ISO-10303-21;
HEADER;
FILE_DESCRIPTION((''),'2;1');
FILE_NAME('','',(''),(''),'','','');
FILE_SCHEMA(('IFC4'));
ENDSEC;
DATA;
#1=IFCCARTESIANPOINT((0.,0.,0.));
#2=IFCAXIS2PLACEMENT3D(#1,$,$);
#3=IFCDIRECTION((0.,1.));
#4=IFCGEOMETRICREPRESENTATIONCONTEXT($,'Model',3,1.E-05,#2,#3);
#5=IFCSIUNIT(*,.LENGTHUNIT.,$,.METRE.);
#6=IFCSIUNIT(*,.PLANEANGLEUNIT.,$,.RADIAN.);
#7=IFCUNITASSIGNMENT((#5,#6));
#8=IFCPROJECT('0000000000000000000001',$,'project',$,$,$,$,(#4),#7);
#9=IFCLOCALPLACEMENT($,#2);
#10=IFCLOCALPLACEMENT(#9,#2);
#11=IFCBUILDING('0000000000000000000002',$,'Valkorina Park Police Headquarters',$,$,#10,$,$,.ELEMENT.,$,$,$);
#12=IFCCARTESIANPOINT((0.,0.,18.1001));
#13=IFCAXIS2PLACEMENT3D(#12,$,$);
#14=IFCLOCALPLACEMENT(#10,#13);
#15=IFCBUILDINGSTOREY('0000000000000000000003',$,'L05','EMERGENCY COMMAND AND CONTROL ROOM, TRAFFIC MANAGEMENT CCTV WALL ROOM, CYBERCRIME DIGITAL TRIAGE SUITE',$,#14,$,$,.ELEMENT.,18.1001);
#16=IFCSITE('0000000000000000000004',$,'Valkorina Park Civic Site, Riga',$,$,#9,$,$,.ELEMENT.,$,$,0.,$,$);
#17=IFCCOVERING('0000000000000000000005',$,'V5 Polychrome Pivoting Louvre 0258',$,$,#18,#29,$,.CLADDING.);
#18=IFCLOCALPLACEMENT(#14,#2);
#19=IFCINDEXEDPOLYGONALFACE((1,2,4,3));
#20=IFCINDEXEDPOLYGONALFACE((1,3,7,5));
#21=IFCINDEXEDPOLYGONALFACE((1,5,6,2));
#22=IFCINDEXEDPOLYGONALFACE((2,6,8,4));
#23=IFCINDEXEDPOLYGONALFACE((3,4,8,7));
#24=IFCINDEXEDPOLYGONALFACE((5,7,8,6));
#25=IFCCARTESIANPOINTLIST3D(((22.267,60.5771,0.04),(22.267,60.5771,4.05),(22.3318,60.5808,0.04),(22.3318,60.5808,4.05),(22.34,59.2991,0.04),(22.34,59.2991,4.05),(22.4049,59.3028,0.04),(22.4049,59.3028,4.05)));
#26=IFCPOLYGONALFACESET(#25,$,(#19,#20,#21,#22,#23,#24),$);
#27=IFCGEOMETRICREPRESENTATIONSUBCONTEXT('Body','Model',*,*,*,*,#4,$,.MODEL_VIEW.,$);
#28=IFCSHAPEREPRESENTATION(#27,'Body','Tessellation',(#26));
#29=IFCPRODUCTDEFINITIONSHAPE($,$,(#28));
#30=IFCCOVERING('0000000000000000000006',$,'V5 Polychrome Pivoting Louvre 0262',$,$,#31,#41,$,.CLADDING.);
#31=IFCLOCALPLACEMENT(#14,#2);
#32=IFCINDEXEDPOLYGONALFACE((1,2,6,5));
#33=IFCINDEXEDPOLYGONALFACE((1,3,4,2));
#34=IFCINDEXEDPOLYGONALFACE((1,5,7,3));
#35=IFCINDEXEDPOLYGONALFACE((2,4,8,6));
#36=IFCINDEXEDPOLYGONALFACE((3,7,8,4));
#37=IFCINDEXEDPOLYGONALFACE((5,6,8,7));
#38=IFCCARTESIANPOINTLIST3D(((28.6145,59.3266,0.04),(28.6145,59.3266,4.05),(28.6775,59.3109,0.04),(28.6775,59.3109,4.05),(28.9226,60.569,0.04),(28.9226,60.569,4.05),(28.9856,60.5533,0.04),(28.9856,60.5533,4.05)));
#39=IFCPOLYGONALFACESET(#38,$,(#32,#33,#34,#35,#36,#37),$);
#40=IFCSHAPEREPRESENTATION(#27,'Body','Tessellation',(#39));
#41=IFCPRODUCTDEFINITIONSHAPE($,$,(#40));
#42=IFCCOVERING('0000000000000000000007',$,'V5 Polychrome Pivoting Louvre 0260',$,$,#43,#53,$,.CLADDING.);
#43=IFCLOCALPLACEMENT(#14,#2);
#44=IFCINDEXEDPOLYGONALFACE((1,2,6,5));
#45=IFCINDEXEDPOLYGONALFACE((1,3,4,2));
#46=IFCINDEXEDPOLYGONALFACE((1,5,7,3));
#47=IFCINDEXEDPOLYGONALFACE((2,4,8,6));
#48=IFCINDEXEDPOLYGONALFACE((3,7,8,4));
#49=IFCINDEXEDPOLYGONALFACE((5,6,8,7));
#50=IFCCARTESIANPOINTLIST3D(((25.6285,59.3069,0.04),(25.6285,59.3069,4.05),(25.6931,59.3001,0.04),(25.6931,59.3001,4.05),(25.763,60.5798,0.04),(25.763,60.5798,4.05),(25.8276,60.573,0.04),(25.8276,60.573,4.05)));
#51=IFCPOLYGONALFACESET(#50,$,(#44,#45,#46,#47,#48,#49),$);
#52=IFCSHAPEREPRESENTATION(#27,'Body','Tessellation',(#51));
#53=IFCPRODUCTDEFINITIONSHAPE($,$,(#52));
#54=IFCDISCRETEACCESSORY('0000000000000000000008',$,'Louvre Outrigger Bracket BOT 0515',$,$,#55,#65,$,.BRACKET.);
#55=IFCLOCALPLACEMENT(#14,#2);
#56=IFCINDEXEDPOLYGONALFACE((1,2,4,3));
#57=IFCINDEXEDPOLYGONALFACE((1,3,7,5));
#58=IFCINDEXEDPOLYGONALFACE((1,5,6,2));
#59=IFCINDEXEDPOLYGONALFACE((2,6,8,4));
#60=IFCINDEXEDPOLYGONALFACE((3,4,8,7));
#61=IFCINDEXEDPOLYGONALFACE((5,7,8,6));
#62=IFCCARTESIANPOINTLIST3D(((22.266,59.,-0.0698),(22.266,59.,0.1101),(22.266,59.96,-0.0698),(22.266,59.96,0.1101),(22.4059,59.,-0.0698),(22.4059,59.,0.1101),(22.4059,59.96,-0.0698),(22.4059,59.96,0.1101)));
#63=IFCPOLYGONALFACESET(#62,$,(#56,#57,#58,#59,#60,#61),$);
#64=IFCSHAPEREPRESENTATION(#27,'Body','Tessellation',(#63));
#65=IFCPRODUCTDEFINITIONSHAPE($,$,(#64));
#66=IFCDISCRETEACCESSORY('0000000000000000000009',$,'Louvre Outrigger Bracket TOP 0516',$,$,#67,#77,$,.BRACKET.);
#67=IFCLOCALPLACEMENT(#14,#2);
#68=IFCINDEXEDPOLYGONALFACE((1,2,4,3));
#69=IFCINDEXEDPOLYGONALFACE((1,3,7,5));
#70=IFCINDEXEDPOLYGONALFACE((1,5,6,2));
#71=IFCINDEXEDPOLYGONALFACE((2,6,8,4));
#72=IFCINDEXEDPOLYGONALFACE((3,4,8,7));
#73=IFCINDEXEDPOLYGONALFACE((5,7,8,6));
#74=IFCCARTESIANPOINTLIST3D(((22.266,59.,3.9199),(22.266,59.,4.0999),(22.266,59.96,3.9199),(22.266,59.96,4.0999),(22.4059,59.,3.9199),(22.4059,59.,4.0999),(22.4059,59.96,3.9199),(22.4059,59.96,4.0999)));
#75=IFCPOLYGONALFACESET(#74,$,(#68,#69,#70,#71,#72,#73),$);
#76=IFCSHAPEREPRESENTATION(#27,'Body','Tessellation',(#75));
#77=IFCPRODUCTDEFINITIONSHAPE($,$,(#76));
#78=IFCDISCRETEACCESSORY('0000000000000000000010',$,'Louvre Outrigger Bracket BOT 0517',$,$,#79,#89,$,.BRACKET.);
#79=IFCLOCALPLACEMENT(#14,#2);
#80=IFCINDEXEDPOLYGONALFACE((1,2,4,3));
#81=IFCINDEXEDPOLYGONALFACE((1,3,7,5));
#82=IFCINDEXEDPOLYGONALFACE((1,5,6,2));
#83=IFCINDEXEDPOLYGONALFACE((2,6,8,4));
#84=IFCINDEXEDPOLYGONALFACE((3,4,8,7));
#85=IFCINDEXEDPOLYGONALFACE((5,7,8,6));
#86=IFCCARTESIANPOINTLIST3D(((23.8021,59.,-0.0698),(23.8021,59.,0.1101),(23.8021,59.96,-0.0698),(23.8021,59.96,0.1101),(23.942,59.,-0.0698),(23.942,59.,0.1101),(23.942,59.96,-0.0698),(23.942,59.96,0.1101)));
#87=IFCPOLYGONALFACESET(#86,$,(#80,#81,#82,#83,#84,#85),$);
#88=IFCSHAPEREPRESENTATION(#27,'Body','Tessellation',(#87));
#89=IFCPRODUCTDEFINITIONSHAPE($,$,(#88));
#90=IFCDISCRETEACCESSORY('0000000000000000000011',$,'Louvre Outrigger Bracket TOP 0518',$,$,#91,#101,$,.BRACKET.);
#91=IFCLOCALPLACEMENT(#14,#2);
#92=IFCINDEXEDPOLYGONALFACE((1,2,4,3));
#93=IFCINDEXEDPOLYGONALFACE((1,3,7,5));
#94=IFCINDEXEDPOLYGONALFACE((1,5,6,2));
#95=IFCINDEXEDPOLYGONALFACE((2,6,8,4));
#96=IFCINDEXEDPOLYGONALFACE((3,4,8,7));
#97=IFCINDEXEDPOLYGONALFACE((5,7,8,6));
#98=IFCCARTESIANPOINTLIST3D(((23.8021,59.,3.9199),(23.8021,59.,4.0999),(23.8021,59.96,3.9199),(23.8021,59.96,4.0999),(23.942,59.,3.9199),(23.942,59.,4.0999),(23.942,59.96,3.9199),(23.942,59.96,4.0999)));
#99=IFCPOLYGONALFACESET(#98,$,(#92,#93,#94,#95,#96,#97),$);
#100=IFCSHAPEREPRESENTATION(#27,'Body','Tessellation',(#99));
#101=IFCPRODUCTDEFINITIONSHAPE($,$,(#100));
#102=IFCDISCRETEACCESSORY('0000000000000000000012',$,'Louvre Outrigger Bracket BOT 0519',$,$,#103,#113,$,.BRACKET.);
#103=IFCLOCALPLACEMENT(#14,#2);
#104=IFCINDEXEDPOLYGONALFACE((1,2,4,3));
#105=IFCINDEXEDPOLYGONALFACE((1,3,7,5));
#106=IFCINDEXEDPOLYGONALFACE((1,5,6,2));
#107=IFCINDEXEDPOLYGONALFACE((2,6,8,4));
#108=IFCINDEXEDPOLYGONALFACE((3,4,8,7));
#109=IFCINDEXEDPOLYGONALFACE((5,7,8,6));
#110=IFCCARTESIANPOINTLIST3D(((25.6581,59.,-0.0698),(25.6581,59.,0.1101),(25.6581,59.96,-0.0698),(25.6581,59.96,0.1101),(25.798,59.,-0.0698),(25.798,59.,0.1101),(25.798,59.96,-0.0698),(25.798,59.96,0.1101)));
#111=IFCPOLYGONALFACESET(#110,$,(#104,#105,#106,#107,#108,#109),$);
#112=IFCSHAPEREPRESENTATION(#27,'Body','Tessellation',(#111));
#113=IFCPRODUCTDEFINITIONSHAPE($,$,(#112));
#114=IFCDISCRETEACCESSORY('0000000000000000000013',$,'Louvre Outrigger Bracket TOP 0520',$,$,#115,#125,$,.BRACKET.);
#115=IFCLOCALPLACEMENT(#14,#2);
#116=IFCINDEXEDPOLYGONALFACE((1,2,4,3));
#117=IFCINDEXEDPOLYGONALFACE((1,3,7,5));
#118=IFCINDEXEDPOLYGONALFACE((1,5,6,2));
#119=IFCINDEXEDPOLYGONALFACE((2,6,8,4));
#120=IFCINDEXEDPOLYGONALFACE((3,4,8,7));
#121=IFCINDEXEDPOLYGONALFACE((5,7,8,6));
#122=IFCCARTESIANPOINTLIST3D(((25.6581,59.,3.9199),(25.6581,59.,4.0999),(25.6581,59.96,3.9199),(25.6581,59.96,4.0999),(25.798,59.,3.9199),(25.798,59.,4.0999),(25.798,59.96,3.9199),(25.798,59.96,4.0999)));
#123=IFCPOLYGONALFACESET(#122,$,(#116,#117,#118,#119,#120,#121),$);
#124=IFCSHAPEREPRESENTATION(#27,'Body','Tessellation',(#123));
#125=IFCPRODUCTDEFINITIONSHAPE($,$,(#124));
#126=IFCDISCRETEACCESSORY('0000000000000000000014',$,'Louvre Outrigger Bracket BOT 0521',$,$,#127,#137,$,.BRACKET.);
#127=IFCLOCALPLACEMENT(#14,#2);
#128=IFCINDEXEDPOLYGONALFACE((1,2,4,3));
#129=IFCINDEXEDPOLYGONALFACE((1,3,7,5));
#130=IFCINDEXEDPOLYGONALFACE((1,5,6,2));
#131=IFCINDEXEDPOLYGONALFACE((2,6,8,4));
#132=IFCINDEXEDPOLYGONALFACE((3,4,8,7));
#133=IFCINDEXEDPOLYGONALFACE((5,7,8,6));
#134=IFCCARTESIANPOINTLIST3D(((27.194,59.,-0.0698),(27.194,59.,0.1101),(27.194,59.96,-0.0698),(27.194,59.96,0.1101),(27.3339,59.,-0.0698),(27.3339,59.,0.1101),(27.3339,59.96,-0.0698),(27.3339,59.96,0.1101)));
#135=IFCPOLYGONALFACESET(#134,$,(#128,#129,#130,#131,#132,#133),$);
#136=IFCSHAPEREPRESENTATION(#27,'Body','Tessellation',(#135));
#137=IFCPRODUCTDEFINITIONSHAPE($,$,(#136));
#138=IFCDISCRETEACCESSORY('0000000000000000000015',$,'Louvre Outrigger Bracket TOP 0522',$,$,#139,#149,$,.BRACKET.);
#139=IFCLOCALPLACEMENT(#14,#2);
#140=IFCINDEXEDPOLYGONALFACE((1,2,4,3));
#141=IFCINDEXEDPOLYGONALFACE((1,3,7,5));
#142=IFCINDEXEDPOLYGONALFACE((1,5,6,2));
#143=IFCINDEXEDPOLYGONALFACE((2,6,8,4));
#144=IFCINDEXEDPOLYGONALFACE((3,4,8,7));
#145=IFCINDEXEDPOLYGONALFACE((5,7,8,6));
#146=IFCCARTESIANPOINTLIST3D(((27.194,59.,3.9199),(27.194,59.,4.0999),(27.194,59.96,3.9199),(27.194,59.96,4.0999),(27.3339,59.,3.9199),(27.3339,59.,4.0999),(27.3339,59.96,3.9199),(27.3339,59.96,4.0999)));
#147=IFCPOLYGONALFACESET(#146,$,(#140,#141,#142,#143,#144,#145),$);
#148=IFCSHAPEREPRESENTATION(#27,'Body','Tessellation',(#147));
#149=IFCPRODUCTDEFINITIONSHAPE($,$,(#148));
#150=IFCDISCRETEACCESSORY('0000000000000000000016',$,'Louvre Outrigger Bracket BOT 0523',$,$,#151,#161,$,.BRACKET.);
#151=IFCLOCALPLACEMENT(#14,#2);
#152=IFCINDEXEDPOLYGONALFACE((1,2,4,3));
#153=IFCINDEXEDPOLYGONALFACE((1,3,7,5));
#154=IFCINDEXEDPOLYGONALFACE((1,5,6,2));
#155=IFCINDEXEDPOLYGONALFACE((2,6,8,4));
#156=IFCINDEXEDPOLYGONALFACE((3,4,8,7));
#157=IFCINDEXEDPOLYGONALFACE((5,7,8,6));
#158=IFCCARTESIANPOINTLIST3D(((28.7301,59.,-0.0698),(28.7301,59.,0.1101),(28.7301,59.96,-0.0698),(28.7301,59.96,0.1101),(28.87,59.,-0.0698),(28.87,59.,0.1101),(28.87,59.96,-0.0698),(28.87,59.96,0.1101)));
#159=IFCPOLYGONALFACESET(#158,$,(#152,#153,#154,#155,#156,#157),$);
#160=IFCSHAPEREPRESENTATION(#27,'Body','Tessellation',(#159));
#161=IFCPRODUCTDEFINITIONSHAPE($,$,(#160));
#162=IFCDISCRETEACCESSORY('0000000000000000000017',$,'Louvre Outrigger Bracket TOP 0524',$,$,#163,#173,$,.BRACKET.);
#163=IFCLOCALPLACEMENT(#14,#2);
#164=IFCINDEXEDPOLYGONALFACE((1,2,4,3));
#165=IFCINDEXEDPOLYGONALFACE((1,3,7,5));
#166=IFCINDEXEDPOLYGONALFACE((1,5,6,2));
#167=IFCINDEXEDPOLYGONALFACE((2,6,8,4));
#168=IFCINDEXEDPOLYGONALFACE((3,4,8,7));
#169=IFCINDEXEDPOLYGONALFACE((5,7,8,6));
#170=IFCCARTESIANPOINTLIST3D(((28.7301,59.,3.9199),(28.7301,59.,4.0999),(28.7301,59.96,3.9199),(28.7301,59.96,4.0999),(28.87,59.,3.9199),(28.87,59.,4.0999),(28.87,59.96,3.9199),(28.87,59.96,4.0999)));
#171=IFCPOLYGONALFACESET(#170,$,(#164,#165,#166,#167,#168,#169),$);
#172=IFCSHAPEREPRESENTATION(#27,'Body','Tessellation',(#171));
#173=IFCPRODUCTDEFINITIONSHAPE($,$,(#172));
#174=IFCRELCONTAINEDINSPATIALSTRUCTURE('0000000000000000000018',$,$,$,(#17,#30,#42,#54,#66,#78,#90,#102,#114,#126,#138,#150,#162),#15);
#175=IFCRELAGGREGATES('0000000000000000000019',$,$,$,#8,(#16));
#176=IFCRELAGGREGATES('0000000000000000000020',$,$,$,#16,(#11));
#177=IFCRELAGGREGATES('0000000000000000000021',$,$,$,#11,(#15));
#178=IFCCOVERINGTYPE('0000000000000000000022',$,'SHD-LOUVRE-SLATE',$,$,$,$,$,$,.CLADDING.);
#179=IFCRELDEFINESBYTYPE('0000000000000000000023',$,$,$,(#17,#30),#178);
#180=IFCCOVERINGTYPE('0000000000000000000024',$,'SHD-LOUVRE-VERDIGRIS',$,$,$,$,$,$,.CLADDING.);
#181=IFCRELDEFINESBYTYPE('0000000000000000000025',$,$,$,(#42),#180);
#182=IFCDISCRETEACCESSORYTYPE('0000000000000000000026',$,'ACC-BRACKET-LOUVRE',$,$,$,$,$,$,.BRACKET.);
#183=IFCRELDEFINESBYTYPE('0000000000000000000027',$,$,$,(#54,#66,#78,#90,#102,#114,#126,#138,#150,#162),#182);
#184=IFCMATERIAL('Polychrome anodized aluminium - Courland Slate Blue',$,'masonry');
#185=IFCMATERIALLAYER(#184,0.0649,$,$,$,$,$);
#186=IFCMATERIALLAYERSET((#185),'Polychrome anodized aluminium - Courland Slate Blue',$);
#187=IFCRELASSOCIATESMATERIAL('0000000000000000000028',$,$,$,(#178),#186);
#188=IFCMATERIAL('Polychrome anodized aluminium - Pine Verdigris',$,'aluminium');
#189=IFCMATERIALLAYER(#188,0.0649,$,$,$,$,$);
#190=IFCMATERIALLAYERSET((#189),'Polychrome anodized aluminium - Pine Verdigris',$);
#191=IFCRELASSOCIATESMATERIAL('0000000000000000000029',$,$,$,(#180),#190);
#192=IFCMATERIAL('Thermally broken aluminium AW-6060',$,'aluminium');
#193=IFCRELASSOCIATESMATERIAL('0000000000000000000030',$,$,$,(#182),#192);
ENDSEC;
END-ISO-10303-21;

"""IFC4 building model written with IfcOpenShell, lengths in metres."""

from ifc_helpers import new_model, si_unit, direction, frame, origin, origin_2d, place, context, subcontext, project, spatial, rectangle, extrude, material, layer, layer_set, type_object, element, save


model = new_model("IFC4")

# Units and contexts
model_context = context("Model", 3, precision=1e-05, world=origin(), true_north=direction((0.0, 1.0)))
body_context = subcontext(model_context, "Body", "Model", "MODEL_VIEW")
ifc_project = project(units=[si_unit("LENGTHUNIT", "METRE"), si_unit("PLANEANGLEUNIT", "RADIAN")], contexts=[model_context])

# Site, building, storey
site_placement = place(None, origin())
site = spatial("IfcSite", under=ifc_project, at=site_placement, Name="Valkorina Park Civic Site, Riga", CompositionType="ELEMENT", RefElevation=0.0)
building_placement = place(site_placement, origin())
building = spatial("IfcBuilding", under=site, at=building_placement, Name="Valkorina Park Police Headquarters", CompositionType="ELEMENT")
storey_placement = place(building_placement, frame((0.0, 0.0, 18.1001)))
storey = spatial("IfcBuildingStorey", under=building, at=storey_placement, Name="L05", Description="EMERGENCY COMMAND AND CONTROL ROOM, TRAFFIC MANAGEMENT CCTV WALL ROOM, CYBERCRIME DIGITAL TRIAGE SUITE", CompositionType="ELEMENT", Elevation=18.1001)

# Shared definitions
ifc_material_1 = material(Name="Thermally broken aluminium AW-6060", Category="aluminium")

# Coverings
ifc_material_2 = material(Name="Polychrome anodized aluminium - Courland Slate Blue", Category="masonry")
ifc_layer_1 = layer(ifc_material_2, 0.0649)
ifc_layer_set_1 = layer_set([ifc_layer_1], Name="Polychrome anodized aluminium - Courland Slate Blue")
covering_type_1 = type_object("IfcCoveringType", Name="SHD-LOUVRE-SLATE", PredefinedType="CLADDING", material=ifc_layer_set_1)
for number, where, z_axis, x_axis, name in (
    (1, (22.3359, 59.9399, 0.04), (0.0, 0.0, 1.0), (-0.057041, 0.998372, 0.0), "V5 Polychrome Pivoting Louvre 0258"),
    (2, (28.8, 59.9399, 0.04), (0.0, 0.0, 1.0), (0.240736, 0.970591, 0.0), "V5 Polychrome Pivoting Louvre 0262"),
):
    element("IfcCovering", number, at=place(storey_placement, frame(where, z_axis=z_axis, x_axis=x_axis)), inside=storey, type_object=covering_type_1, Name=name, PredefinedType="CLADDING", context=body_context, shape_type="SweptSolid", body=[
        extrude(rectangle(XDim=1.28, YDim=0.0649, at=origin_2d()), origin(), (0.0, 0.0, 1.0), 4.01),
    ])
ifc_material_3 = material(Name="Polychrome anodized aluminium - Pine Verdigris", Category="aluminium")
ifc_layer_2 = layer(ifc_material_3, 0.0649)
ifc_layer_set_2 = layer_set([ifc_layer_2], Name="Polychrome anodized aluminium - Pine Verdigris")
covering_type_2 = type_object("IfcCoveringType", Name="SHD-LOUVRE-VERDIGRIS", PredefinedType="CLADDING", material=ifc_layer_set_2)
covering_1_placement = place(storey_placement, frame((25.728, 59.9399, 0.04), z_axis=(0.0, 0.0, 1.0), x_axis=(0.105049, 0.994467, 0.0)))
element("IfcCovering", 3, at=covering_1_placement, inside=storey, type_object=covering_type_2, Name="V5 Polychrome Pivoting Louvre 0260", PredefinedType="CLADDING", context=body_context, shape_type="SweptSolid", body=[
    extrude(rectangle(XDim=1.28, YDim=0.0649, at=origin_2d()), origin(), (0.0, 0.0, 1.0), 4.01),
])

# Discrete accessories
discrete_accessory_type = type_object("IfcDiscreteAccessoryType", Name="ACC-BRACKET-LOUVRE", PredefinedType="BRACKET", material=ifc_material_1)
for number, where, z_axis, x_axis, name in (
    (4, (22.3359, 59.48, -0.0698), (0.0, 0.0, 1.0), (0.0, 1.0, 0.0), "Louvre Outrigger Bracket BOT 0515"),
    (5, (22.3359, 59.48, 3.9199), (0.0, 0.0, 1.0), (0.0, 1.0, 0.0), "Louvre Outrigger Bracket TOP 0516"),
    (6, (23.8721, 59.48, -0.0698), (0.0, 0.0, 1.0), (0.0, 1.0, 0.0), "Louvre Outrigger Bracket BOT 0517"),
    (7, (23.8721, 59.48, 3.9199), (0.0, 0.0, 1.0), (0.0, 1.0, 0.0), "Louvre Outrigger Bracket TOP 0518"),
    (8, (25.728, 59.48, -0.0698), (0.0, 0.0, 1.0), (0.0, 1.0, 0.0), "Louvre Outrigger Bracket BOT 0519"),
    (9, (25.728, 59.48, 3.9199), (0.0, 0.0, 1.0), (0.0, 1.0, 0.0), "Louvre Outrigger Bracket TOP 0520"),
    (10, (27.2639, 59.48, -0.0698), (0.0, 0.0, 1.0), (0.0, 1.0, 0.0), "Louvre Outrigger Bracket BOT 0521"),
    (11, (27.2639, 59.48, 3.9199), (0.0, 0.0, 1.0), (0.0, 1.0, 0.0), "Louvre Outrigger Bracket TOP 0522"),
    (12, (28.8, 59.48, -0.0698), (0.0, 0.0, 1.0), (0.0, 1.0, 0.0), "Louvre Outrigger Bracket BOT 0523"),
    (13, (28.8, 59.48, 3.9199), (0.0, 0.0, 1.0), (0.0, 1.0, 0.0), "Louvre Outrigger Bracket TOP 0524"),
):
    element("IfcDiscreteAccessory", number, at=place(storey_placement, frame(where, z_axis=z_axis, x_axis=x_axis)), inside=storey, type_object=discrete_accessory_type, Name=name, PredefinedType="BRACKET", context=body_context, shape_type="SweptSolid", body=[
        extrude(rectangle(XDim=0.96, YDim=0.1399, at=origin_2d()), origin(), (0.0, 0.0, 1.0), 0.1799),
    ])

save(model, "model.ifc")
